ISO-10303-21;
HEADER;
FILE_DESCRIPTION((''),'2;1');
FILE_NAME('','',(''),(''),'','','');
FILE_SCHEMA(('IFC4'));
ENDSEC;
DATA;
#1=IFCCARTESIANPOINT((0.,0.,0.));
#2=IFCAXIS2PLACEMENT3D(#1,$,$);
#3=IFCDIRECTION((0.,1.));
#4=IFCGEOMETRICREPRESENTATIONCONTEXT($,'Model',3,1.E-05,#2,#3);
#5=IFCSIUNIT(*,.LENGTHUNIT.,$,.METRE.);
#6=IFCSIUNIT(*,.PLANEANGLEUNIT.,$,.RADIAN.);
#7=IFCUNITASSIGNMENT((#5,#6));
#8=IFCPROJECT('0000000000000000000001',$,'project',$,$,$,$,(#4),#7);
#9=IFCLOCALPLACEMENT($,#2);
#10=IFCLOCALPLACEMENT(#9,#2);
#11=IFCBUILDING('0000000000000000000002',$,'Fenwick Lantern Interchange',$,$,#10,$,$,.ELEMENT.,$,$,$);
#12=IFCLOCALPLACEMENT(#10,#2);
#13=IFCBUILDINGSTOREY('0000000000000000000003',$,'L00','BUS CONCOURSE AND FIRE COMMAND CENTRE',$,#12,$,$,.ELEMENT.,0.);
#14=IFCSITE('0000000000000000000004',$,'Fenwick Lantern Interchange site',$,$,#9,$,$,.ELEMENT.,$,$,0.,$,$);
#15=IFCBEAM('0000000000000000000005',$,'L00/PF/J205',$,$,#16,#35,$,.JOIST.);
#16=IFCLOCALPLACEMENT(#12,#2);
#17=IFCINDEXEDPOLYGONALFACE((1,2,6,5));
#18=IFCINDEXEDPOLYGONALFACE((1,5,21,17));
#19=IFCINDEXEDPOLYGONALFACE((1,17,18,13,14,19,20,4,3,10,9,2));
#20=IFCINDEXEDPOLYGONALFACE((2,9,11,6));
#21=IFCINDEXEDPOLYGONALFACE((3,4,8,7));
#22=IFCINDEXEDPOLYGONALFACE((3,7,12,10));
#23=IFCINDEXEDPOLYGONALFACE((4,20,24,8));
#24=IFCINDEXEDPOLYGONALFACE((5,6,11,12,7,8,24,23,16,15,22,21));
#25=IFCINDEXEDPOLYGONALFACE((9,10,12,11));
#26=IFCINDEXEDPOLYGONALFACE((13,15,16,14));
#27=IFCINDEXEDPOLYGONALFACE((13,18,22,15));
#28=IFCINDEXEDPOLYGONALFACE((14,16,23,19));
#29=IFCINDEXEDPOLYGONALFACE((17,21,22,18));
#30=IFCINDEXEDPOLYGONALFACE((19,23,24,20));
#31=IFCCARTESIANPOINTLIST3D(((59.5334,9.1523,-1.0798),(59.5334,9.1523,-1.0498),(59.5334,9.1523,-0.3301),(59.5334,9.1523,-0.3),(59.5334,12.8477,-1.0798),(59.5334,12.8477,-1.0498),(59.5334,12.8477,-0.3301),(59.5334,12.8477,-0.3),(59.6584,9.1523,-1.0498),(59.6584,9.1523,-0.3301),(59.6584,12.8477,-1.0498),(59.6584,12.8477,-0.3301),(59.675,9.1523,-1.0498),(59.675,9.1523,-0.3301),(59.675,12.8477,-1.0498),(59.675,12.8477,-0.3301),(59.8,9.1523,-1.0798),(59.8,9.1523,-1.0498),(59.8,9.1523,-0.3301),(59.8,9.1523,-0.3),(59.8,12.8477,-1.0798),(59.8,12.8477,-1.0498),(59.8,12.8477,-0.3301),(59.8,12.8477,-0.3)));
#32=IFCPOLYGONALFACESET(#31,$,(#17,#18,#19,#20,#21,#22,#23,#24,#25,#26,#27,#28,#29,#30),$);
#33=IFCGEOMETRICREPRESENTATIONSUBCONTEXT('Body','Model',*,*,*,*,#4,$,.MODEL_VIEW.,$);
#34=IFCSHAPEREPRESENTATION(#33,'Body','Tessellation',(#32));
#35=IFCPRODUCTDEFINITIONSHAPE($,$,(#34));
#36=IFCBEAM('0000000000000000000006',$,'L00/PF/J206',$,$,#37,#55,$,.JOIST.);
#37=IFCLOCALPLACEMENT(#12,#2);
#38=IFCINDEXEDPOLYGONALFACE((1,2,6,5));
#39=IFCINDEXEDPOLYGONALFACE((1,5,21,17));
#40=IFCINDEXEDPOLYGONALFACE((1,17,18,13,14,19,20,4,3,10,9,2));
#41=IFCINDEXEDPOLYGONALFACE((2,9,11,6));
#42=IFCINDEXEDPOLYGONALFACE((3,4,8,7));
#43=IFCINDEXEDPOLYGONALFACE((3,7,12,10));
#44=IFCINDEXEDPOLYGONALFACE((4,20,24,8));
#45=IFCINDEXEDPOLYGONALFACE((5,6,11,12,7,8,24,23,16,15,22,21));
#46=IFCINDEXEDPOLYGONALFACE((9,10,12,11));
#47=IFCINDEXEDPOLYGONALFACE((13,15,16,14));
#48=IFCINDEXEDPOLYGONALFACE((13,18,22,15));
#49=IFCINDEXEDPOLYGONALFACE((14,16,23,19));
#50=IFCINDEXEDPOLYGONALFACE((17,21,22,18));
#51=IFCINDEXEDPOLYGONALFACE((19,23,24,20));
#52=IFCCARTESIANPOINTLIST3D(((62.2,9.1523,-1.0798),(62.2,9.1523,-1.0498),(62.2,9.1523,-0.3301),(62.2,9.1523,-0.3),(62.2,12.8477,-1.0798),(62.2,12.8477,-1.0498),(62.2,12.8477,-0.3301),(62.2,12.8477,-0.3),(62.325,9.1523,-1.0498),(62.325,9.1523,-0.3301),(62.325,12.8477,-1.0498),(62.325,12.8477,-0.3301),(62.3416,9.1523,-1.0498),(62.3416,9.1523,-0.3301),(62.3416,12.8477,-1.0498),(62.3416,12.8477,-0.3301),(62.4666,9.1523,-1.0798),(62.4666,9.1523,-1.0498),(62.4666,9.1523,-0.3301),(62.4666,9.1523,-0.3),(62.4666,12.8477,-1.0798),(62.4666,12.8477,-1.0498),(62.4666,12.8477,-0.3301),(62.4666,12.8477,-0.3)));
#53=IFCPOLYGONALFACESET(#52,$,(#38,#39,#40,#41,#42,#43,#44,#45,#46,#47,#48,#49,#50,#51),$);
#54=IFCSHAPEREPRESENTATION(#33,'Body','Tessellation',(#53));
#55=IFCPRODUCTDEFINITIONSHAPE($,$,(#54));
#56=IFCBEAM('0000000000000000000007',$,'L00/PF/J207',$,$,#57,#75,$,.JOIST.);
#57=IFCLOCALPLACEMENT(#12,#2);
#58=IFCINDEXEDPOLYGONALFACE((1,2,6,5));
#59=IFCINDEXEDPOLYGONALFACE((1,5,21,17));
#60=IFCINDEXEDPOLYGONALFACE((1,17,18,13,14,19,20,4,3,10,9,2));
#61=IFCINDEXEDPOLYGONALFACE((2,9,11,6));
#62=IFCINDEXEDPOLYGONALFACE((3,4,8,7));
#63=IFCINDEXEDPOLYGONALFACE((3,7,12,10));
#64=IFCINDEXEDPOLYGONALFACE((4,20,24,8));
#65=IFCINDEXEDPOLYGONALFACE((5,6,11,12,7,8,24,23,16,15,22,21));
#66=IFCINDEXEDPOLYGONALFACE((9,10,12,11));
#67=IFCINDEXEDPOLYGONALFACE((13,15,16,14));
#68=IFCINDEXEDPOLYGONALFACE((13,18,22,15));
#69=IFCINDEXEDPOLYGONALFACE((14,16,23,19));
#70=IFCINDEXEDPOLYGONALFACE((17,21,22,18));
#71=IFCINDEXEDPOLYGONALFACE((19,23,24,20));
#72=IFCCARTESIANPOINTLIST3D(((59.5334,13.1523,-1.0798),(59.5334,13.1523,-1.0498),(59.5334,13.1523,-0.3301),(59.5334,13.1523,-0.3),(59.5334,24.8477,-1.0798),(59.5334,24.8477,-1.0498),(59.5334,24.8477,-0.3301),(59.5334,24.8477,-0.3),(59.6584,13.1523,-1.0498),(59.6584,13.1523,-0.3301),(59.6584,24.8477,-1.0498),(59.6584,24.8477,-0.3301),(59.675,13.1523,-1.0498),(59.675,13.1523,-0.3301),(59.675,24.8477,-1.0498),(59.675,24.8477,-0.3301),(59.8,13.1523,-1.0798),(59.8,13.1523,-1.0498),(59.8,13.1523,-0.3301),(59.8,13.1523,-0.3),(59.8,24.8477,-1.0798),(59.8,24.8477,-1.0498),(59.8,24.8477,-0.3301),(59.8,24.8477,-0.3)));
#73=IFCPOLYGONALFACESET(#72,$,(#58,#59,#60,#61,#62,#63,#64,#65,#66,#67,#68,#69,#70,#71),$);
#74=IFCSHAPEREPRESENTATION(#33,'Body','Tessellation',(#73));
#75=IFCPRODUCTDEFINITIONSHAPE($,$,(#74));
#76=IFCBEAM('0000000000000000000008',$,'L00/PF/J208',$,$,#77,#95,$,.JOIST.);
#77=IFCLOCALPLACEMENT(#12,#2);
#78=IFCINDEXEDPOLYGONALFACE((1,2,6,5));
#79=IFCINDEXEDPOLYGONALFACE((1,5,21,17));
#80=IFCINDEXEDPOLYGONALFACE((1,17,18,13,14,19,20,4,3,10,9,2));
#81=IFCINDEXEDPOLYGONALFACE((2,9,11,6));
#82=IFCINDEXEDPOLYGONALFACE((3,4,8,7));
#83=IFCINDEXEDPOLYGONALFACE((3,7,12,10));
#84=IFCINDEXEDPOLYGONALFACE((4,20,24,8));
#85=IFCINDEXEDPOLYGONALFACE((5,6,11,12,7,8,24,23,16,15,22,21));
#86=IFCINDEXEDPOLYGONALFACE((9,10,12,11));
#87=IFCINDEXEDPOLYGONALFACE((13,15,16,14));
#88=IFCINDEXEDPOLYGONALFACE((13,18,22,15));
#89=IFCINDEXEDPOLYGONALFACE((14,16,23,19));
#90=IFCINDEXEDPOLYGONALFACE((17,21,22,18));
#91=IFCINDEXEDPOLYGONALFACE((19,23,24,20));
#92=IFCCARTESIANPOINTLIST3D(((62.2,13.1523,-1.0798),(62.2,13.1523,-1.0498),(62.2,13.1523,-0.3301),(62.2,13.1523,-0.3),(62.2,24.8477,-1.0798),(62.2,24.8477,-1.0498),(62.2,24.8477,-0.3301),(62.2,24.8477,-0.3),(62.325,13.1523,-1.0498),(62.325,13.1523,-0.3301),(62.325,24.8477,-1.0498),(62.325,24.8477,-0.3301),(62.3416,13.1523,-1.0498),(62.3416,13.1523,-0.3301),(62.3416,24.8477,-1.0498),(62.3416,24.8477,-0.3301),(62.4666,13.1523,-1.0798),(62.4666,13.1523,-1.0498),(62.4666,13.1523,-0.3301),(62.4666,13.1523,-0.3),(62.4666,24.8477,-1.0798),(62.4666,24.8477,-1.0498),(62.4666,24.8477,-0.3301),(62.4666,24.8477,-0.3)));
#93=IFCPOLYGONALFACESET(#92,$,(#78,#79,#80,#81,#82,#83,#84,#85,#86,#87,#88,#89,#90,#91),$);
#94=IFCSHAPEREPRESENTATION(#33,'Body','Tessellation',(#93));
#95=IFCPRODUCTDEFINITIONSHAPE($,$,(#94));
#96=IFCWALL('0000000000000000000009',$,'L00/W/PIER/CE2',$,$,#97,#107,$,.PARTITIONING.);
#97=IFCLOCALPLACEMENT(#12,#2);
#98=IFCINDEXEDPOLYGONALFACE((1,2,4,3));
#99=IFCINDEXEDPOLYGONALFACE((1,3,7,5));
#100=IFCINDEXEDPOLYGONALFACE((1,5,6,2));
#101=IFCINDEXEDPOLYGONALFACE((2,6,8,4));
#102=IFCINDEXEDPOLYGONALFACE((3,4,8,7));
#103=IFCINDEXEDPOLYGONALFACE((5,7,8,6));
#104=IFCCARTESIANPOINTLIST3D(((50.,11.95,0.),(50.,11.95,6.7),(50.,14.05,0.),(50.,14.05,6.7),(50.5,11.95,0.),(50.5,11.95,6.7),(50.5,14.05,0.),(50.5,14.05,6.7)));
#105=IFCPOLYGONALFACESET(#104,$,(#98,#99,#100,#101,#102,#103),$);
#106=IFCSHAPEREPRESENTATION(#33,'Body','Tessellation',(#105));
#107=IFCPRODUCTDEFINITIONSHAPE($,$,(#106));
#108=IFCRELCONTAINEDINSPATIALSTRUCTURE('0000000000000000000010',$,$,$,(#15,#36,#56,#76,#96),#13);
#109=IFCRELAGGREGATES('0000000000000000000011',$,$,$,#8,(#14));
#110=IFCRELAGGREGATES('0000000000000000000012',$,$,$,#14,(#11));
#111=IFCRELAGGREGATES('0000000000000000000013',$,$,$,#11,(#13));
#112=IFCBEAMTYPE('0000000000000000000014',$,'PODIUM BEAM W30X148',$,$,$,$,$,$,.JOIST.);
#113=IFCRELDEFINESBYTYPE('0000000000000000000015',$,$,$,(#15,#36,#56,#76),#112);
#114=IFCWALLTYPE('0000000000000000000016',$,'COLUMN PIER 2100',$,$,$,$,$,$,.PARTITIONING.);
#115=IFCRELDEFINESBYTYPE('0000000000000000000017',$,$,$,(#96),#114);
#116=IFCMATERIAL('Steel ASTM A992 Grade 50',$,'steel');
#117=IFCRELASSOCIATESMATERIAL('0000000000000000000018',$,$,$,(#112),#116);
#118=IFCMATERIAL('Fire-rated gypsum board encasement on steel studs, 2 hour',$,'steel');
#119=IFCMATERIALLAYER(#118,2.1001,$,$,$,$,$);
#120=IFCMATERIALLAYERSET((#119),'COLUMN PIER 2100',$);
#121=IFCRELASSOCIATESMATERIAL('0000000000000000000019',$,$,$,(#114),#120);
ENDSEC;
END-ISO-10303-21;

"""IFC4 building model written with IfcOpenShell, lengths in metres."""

from ifc_helpers import new_model, si_unit, direction, frame, frame_2d, origin, origin_2d, place, context, subcontext, project, spatial, rectangle, i_section, extrude, material, layer, layer_set, material_profile, profile_set, type_object, element, save


model = new_model("IFC4")

# Units and contexts
model_context = context("Model", 3, precision=1e-05, world=origin(), true_north=direction((0.0, 1.0)))
body_context = subcontext(model_context, "Body", "Model", "MODEL_VIEW")
ifc_project = project(units=[si_unit("LENGTHUNIT", "METRE"), si_unit("PLANEANGLEUNIT", "RADIAN")], contexts=[model_context])

# Site, building, storey
site_placement = place(None, origin())
site = spatial("IfcSite", under=ifc_project, at=site_placement, Name="Fenwick Lantern Interchange site", CompositionType="ELEMENT", RefElevation=0.0)
building_placement = place(site_placement, origin())
building = spatial("IfcBuilding", under=site, at=building_placement, Name="Fenwick Lantern Interchange", CompositionType="ELEMENT")
storey_placement = place(building_placement, origin())
storey = spatial("IfcBuildingStorey", under=building, at=storey_placement, Name="L00", Description="BUS CONCOURSE AND FIRE COMMAND CENTRE", CompositionType="ELEMENT", Elevation=0.0)

# Shared definitions
ifc_material_1 = material(Name="Steel ASTM A992 Grade 50", Category="steel")

# Beams
ifc_material_profile_1 = material_profile(ifc_material_1, i_section(OverallWidth=0.2666, OverallDepth=0.7798, WebThickness=0.0166, FlangeThickness=0.03, at=origin_2d()), Name="W30X148")
ifc_profile_set_1 = profile_set([ifc_material_profile_1], Name="Steel ASTM A992 Grade 50")
beam_type_1 = type_object("IfcBeamType", Name="PODIUM BEAM W30X148", PredefinedType="JOIST", material=ifc_profile_set_1)
for number, where, z_axis, x_axis, name in (
    (1, (59.6667, 9.1523, -0.6899), (0.0, 1.0, 0.0), (-1.0, 0.0, 0.0), "L00/PF/J205"),
    (2, (62.3333, 9.1523, -0.6899), (0.0, 1.0, 0.0), (-1.0, 0.0, 0.0), "L00/PF/J206"),
):
    element("IfcBeam", number, at=place(storey_placement, frame(where, z_axis=z_axis, x_axis=x_axis)), inside=storey, type_object=beam_type_1, Name=name, PredefinedType="JOIST", context=body_context, shape_type="SweptSolid", body=[
        extrude(i_section(OverallWidth=0.2666, OverallDepth=0.7798, WebThickness=0.0166, FlangeThickness=0.03, at=origin_2d()), origin(), (0.0, 0.0, 1.0), 3.6953),
    ])
for number, where, z_axis, x_axis, name in (
    (3, (59.6667, 13.1523, -0.6899), (0.0, 1.0, 0.0), (-1.0, 0.0, 0.0), "L00/PF/J207"),
    (4, (62.3333, 13.1523, -0.6899), (0.0, 1.0, 0.0), (-1.0, 0.0, 0.0), "L00/PF/J208"),
):
    element("IfcBeam", number, at=place(storey_placement, frame(where, z_axis=z_axis, x_axis=x_axis)), inside=storey, type_object=beam_type_1, Name=name, PredefinedType="JOIST", context=body_context, shape_type="SweptSolid", body=[
        extrude(i_section(OverallWidth=0.2666, OverallDepth=0.7798, WebThickness=0.0166, FlangeThickness=0.03, at=origin_2d()), origin(), (0.0, 0.0, 1.0), 11.6953),
    ])

# Wall
ifc_material_2 = material(Name="Fire-rated gypsum board encasement on steel studs, 2 hour", Category="steel")
ifc_layer = layer(ifc_material_2, 2.1001)
ifc_layer_set = layer_set([ifc_layer], Name="COLUMN PIER 2100")
wall_type = type_object("IfcWallType", Name="COLUMN PIER 2100", PredefinedType="PARTITIONING", material=ifc_layer_set)
wall_placement = place(storey_placement, frame((50.5, 13.0, 0.0), z_axis=(0.0, 0.0, 1.0), x_axis=(-1.0, 0.0, 0.0)))
element("IfcWall", 5, at=wall_placement, inside=storey, type_object=wall_type, Name="L00/W/PIER/CE2", PredefinedType="PARTITIONING", context=body_context, shape_type="SweptSolid", body=[
    extrude(rectangle(XDim=0.5, YDim=2.1001, at=frame_2d((0.25, 0.0))), origin(), (0.0, 0.0, 1.0), 6.7),
])

save(model, "model.ifc")
